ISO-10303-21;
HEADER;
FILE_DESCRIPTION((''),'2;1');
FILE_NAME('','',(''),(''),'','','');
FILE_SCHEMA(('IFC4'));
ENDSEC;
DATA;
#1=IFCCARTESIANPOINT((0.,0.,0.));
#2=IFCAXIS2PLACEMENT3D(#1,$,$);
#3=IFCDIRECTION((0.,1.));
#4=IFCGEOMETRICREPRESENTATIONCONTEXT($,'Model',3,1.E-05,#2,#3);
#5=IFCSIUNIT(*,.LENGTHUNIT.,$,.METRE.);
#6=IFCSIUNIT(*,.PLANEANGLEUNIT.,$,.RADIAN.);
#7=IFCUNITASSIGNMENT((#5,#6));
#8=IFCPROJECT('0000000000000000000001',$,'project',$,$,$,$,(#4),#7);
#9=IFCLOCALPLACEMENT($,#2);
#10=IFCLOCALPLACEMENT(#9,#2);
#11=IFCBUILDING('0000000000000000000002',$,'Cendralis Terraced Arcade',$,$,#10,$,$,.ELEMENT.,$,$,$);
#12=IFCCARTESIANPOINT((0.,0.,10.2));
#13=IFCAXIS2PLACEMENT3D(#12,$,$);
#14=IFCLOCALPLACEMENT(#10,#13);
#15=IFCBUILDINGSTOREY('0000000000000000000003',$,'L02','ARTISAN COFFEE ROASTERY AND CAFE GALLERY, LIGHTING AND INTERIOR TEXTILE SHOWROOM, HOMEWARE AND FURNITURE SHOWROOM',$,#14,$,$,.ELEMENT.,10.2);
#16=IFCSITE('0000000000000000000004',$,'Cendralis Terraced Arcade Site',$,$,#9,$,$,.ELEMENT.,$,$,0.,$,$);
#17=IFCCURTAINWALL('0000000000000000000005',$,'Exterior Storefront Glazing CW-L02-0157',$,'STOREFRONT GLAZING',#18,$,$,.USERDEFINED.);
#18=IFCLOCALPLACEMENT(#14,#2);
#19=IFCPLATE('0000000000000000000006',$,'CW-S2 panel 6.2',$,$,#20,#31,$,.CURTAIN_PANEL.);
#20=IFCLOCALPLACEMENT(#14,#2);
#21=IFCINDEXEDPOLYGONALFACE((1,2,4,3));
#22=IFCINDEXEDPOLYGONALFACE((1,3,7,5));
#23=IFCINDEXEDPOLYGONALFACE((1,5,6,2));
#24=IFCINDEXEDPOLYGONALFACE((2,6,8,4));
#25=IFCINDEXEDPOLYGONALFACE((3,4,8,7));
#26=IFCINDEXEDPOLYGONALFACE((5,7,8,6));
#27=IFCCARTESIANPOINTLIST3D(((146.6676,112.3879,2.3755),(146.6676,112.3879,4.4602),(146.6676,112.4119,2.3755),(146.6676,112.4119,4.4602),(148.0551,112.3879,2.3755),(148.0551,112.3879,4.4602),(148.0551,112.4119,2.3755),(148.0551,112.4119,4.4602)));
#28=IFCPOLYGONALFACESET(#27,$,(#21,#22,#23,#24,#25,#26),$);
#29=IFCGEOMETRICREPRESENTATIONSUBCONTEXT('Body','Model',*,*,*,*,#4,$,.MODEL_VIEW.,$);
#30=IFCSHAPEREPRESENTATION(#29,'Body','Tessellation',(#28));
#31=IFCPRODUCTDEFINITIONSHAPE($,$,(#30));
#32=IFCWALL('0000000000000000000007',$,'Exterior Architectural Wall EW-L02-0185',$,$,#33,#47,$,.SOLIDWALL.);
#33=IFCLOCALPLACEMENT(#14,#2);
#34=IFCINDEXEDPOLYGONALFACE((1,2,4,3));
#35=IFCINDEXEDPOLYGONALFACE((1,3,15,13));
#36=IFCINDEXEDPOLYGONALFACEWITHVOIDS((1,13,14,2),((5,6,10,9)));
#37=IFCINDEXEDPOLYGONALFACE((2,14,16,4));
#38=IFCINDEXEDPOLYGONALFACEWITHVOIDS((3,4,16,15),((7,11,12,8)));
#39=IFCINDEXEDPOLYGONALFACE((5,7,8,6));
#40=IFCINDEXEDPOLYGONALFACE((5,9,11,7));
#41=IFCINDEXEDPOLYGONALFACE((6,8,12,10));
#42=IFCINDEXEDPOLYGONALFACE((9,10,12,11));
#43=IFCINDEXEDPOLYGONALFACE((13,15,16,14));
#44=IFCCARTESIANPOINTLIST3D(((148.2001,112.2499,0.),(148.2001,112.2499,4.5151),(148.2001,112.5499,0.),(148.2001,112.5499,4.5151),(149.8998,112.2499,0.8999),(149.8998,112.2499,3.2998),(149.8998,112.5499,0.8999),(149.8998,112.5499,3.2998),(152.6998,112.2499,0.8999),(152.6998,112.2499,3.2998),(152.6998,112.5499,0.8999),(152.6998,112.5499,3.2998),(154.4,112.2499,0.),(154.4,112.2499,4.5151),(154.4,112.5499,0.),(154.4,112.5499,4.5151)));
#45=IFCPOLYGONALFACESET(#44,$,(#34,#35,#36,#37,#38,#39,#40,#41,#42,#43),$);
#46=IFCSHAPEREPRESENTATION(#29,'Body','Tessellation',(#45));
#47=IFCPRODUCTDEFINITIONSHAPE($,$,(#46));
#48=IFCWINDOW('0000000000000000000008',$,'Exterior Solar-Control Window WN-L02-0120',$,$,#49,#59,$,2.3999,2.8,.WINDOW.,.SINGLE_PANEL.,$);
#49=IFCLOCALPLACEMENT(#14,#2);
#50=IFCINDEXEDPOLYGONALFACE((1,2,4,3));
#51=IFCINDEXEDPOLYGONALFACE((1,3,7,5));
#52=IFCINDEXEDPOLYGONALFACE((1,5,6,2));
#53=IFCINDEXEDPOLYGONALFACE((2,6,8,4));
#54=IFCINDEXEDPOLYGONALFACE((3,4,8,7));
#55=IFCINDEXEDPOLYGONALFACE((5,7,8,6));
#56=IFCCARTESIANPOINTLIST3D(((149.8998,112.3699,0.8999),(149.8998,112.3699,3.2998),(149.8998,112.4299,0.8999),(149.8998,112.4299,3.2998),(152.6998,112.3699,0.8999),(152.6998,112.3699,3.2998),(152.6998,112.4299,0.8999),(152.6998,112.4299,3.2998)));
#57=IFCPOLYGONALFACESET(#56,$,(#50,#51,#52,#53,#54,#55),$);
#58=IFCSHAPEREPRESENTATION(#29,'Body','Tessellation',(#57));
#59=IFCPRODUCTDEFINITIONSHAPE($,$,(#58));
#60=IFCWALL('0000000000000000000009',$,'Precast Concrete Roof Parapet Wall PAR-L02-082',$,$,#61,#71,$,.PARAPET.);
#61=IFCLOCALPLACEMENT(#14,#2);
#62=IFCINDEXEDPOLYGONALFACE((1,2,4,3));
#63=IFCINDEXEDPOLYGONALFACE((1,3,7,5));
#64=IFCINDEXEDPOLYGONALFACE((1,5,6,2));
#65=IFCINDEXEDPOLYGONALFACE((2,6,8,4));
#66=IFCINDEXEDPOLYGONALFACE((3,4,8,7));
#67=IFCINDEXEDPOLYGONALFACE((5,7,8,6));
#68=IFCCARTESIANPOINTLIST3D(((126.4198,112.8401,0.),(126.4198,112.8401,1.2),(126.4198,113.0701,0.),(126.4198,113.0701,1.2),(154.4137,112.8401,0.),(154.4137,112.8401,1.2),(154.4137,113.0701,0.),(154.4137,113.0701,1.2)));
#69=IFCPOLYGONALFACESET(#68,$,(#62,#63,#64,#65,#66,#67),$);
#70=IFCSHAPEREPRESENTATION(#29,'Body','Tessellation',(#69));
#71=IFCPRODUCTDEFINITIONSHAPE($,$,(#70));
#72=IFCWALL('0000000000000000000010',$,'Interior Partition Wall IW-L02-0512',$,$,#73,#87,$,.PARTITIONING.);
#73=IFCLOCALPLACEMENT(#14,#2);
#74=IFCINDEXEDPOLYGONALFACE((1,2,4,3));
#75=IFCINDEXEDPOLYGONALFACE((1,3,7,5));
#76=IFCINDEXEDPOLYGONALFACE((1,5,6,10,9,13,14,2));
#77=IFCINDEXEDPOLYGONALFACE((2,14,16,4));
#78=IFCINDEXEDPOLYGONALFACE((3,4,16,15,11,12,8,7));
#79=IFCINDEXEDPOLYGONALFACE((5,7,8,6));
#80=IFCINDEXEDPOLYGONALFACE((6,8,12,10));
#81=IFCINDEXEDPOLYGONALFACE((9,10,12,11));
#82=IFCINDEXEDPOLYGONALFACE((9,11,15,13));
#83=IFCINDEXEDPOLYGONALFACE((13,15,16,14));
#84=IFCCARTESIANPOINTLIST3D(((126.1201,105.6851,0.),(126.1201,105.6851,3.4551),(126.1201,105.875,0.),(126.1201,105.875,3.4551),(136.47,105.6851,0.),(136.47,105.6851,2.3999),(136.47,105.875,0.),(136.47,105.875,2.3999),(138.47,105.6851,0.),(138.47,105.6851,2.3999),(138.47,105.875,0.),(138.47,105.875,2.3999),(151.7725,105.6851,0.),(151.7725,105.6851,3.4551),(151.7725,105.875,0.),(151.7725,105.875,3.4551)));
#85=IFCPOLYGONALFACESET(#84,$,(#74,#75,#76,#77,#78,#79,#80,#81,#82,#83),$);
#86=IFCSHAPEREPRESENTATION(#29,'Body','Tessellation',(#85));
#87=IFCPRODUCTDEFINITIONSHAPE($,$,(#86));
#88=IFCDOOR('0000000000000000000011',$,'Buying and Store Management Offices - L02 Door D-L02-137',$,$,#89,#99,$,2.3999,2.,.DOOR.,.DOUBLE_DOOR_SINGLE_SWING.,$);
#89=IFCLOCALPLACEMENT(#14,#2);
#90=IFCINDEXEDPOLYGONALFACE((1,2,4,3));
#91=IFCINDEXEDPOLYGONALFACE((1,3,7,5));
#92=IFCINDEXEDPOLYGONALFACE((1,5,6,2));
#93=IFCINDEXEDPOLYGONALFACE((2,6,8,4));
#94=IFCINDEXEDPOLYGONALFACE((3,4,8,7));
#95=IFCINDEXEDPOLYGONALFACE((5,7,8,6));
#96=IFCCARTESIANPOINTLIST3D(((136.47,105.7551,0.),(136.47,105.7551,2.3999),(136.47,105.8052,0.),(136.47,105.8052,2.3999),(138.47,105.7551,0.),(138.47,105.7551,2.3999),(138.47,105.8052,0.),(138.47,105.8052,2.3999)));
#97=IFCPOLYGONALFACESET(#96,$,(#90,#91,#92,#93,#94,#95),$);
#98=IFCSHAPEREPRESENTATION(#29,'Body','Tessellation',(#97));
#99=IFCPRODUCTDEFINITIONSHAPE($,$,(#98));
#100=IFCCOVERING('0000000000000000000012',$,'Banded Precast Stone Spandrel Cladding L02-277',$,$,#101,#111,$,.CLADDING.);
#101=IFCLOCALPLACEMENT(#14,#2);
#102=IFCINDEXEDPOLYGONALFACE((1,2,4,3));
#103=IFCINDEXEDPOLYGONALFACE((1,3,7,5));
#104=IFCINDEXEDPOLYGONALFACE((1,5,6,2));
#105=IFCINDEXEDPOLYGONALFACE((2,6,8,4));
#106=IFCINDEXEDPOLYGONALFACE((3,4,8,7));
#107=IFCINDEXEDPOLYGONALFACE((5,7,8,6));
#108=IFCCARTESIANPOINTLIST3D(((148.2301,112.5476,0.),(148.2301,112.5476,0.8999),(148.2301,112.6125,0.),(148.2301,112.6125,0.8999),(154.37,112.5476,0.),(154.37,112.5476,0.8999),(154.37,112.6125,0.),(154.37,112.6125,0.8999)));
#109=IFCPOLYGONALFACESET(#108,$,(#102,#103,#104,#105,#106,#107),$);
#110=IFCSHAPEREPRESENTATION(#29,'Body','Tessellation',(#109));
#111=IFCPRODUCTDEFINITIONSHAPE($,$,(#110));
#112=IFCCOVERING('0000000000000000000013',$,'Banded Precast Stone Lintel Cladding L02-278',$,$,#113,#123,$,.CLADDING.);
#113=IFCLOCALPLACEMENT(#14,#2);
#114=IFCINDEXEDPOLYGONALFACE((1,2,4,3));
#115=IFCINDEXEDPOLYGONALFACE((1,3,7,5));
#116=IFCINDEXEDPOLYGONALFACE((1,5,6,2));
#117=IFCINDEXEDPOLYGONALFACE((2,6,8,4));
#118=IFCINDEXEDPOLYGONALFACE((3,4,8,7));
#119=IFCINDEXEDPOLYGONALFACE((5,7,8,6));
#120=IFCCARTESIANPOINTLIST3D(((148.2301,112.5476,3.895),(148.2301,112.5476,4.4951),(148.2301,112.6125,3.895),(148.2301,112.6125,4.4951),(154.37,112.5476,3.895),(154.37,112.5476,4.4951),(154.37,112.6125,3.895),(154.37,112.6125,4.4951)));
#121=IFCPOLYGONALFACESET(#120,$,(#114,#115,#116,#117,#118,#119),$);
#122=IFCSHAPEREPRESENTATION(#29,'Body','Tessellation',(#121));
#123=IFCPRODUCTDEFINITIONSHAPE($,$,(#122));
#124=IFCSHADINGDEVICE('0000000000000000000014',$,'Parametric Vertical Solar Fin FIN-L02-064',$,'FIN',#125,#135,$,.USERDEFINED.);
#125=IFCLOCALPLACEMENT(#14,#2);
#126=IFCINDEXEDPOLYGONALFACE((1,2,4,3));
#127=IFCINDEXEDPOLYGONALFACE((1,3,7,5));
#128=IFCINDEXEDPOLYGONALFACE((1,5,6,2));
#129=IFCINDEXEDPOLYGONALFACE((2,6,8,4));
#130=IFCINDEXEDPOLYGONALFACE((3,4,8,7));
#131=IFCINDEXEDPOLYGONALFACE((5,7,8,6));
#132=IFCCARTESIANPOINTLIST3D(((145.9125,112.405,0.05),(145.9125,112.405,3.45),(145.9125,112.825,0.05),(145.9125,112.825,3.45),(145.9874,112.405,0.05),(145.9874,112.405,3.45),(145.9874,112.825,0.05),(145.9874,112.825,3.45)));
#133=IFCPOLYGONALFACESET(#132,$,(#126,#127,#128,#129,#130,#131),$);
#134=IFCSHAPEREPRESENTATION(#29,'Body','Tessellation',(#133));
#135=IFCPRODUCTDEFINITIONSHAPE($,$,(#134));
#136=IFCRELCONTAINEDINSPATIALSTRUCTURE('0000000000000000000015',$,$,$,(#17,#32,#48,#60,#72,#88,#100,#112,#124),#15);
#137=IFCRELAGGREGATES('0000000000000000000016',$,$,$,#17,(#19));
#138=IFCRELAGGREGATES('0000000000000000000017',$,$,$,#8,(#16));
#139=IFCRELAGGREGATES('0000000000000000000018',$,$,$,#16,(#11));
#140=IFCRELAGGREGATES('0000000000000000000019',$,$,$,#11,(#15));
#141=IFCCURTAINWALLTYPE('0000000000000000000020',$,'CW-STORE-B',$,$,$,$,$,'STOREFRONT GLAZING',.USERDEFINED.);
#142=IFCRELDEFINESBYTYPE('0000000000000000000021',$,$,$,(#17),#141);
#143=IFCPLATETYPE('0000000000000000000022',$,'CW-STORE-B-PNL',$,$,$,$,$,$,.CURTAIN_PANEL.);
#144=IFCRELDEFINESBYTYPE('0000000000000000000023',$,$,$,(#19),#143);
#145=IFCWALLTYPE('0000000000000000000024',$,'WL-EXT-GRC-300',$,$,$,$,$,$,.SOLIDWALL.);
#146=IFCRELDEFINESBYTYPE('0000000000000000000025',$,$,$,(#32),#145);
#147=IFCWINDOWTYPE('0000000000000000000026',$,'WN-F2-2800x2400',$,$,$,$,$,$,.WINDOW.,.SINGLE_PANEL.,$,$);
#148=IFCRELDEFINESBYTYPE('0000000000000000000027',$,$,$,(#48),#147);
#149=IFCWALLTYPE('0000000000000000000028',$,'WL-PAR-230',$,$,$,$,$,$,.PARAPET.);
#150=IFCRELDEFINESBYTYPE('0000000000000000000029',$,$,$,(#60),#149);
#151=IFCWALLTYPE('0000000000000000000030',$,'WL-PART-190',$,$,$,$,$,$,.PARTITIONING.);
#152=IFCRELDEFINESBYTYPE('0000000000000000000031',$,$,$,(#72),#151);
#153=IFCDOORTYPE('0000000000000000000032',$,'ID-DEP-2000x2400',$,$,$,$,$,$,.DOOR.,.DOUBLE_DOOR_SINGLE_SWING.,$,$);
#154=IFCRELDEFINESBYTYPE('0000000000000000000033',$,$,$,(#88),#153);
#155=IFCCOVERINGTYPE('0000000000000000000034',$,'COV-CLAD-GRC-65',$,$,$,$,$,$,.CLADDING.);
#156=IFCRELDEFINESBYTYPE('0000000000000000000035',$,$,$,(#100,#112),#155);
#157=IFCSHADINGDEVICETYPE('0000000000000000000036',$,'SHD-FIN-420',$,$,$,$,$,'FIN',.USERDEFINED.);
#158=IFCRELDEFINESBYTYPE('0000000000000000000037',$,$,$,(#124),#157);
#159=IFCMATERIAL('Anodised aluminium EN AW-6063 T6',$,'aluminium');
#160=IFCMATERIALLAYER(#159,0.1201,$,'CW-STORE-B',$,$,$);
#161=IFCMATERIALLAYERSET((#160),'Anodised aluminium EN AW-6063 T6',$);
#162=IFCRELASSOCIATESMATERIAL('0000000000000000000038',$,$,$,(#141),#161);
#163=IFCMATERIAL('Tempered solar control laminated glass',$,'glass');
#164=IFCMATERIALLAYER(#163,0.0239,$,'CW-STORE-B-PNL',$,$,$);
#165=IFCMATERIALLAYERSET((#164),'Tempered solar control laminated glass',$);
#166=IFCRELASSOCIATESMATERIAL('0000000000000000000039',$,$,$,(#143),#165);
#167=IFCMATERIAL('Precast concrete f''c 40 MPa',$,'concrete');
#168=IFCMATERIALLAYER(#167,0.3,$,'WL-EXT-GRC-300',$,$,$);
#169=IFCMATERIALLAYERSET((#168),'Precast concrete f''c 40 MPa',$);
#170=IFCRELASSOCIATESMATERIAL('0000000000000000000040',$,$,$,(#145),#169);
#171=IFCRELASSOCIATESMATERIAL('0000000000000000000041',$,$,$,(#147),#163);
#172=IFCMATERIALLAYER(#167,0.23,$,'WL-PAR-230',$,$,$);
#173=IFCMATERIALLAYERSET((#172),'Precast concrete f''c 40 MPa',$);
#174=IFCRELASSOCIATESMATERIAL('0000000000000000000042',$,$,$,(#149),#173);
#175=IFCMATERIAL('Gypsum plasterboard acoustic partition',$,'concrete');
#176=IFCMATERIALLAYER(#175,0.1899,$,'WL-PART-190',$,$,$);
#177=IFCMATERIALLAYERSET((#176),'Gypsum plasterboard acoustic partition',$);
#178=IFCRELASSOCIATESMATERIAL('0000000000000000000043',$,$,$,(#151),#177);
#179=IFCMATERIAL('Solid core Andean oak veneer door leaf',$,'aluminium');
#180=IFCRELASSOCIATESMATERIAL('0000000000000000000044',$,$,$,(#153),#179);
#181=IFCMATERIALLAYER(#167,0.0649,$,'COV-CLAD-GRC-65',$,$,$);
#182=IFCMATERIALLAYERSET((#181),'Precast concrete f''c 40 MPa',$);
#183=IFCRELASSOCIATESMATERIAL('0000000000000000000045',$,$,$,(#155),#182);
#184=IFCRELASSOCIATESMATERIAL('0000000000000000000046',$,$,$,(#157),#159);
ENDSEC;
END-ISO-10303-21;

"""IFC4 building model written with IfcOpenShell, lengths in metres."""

from ifc_helpers import new_model, si_unit, direction, frame, frame_2d, origin, origin_2d, place, context, subcontext, project, spatial, rectangle, extrude, material, layer, layer_set, type_object, element, fill, aggregate, save


model = new_model("IFC4")

# Units and contexts
model_context = context("Model", 3, precision=1e-05, world=origin(), true_north=direction((0.0, 1.0)))
body_context = subcontext(model_context, "Body", "Model", "MODEL_VIEW")
ifc_project = project(units=[si_unit("LENGTHUNIT", "METRE"), si_unit("PLANEANGLEUNIT", "RADIAN")], contexts=[model_context])

# Site, building, storey
site_placement = place(None, origin())
site = spatial("IfcSite", under=ifc_project, at=site_placement, Name="Cendralis Terraced Arcade Site", CompositionType="ELEMENT", RefElevation=0.0)
building_placement = place(site_placement, origin())
building = spatial("IfcBuilding", under=site, at=building_placement, Name="Cendralis Terraced Arcade", CompositionType="ELEMENT")
storey_placement = place(building_placement, frame((0.0, 0.0, 10.2)))
storey = spatial("IfcBuildingStorey", under=building, at=storey_placement, Name="L02", Description="ARTISAN COFFEE ROASTERY AND CAFE GALLERY, LIGHTING AND INTERIOR TEXTILE SHOWROOM, HOMEWARE AND FURNITURE SHOWROOM", CompositionType="ELEMENT", Elevation=10.2)

# Curtain wall, plate
ifc_material_1 = material(Name="Anodised aluminium EN AW-6063 T6", Category="aluminium")
ifc_layer_1 = layer(ifc_material_1, 0.1201, Name="CW-STORE-B")
ifc_layer_set_1 = layer_set([ifc_layer_1], Name="Anodised aluminium EN AW-6063 T6")
curtain_wall_type = type_object("IfcCurtainWallType", Name="CW-STORE-B", ElementType="STOREFRONT GLAZING", PredefinedType="USERDEFINED", material=ifc_layer_set_1)
curtain_wall_placement = place(storey_placement, origin())
curtain_wall = element("IfcCurtainWall", 1, at=curtain_wall_placement, inside=storey, type_object=curtain_wall_type, Name="Exterior Storefront Glazing CW-L02-0157", ObjectType="STOREFRONT GLAZING", PredefinedType="USERDEFINED")
ifc_material_2 = material(Name="Tempered solar control laminated glass", Category="glass")
ifc_layer_2 = layer(ifc_material_2, 0.0239, Name="CW-STORE-B-PNL")
ifc_layer_set_2 = layer_set([ifc_layer_2], Name="Tempered solar control laminated glass")
plate_type = type_object("IfcPlateType", Name="CW-STORE-B-PNL", PredefinedType="CURTAIN_PANEL", material=ifc_layer_set_2)
plate_1_placement = place(storey_placement, frame((147.3613, 112.3999, 2.3755), z_axis=(0.0, 0.0, 1.0), x_axis=(1.0, 0.0, 0.0)))
plate_1 = element("IfcPlate", 2, at=plate_1_placement, type_object=plate_type, Name="CW-S2 panel 6.2", PredefinedType="CURTAIN_PANEL", context=body_context, shape_type="SweptSolid", body=[
    extrude(rectangle(XDim=1.3875, YDim=0.0239, at=origin_2d()), origin(), (0.0, 0.0, 1.0), 2.0847),
])
aggregate(curtain_wall, [plate_1])

# Wall, opening, window
ifc_material_3 = material(Name="Precast concrete f'c 40 MPa", Category="concrete")
ifc_layer_3 = layer(ifc_material_3, 0.3, Name="WL-EXT-GRC-300")
ifc_layer_set_3 = layer_set([ifc_layer_3], Name="Precast concrete f'c 40 MPa")
wall_type_1 = type_object("IfcWallType", Name="WL-EXT-GRC-300", PredefinedType="SOLIDWALL", material=ifc_layer_set_3)
wall_1_placement = place(storey_placement, frame((148.2, 112.3999, 0.0), z_axis=(0.0, 0.0, 1.0), x_axis=(1.0, 0.0, 0.0)))
wall_1 = element("IfcWall", 3, at=wall_1_placement, inside=storey, type_object=wall_type_1, Name="Exterior Architectural Wall EW-L02-0185", PredefinedType="SOLIDWALL", context=body_context, shape_type="SweptSolid", body=[
    extrude(rectangle(XDim=6.2, YDim=0.3, at=frame_2d((3.1001, 0.0))), origin(), (0.0, 0.0, 1.0), 4.5151),
])
opening_1_placement = place(wall_1_placement, frame((1.7, 0.0, 0.8999)))
opening_1 = element("IfcOpeningElement", 4, at=opening_1_placement, cuts=wall_1, PredefinedType="OPENING", context=body_context, shape_type="SweptSolid", body=[
    extrude(rectangle(XDim=2.8, YDim=2.3999, at=frame_2d((1.3999, 1.2))), frame((0.0, 0.1621, 0.0), z_axis=(0.0, -1.0, 0.0), x_axis=(1.0, 0.0, 0.0)), (0.0, 0.0, 1.0), 0.324),
])
window_type = type_object("IfcWindowType", Name="WN-F2-2800x2400", PartitioningType="SINGLE_PANEL", PredefinedType="WINDOW", material=ifc_material_2)
window_placement = place(opening_1_placement, origin())
window = element("IfcWindow", 5, at=window_placement, inside=storey, type_object=window_type, Name="Exterior Solar-Control Window WN-L02-0120", OverallHeight=2.3999, OverallWidth=2.8, PartitioningType="SINGLE_PANEL", PredefinedType="WINDOW", context=body_context, shape_type="SweptSolid", body=[
    extrude(rectangle(XDim=2.8, YDim=2.3999, at=frame_2d((1.3999, 1.2))), frame((0.0, 0.03, 0.0), z_axis=(0.0, -1.0, 0.0), x_axis=(1.0, 0.0, 0.0)), (0.0, 0.0, 1.0), 0.0601),
])
fill(opening_1, window)

# Wall
ifc_layer_4 = layer(ifc_material_3, 0.23, Name="WL-PAR-230")
ifc_layer_set_4 = layer_set([ifc_layer_4], Name="Precast concrete f'c 40 MPa")
wall_type_2 = type_object("IfcWallType", Name="WL-PAR-230", PredefinedType="PARAPET", material=ifc_layer_set_4)
wall_2_placement = place(storey_placement, frame((154.4138, 112.9551, 0.0), z_axis=(0.0, 0.0, 1.0), x_axis=(-1.0, 0.0, 0.0)))
element("IfcWall", 6, at=wall_2_placement, inside=storey, type_object=wall_type_2, Name="Precast Concrete Roof Parapet Wall PAR-L02-082", PredefinedType="PARAPET", context=body_context, shape_type="SweptSolid", body=[
    extrude(rectangle(XDim=27.9939, YDim=0.23, at=frame_2d((13.9971, 0.0))), origin(), (0.0, 0.0, 1.0), 1.2),
])

# Wall, opening, door
ifc_material_4 = material(Name="Gypsum plasterboard acoustic partition", Category="concrete")
ifc_layer_5 = layer(ifc_material_4, 0.1899, Name="WL-PART-190")
ifc_layer_set_5 = layer_set([ifc_layer_5], Name="Gypsum plasterboard acoustic partition")
wall_type_3 = type_object("IfcWallType", Name="WL-PART-190", PredefinedType="PARTITIONING", material=ifc_layer_set_5)
wall_3_placement = place(storey_placement, frame((151.7725, 105.78, 0.0), z_axis=(0.0, 0.0, 1.0), x_axis=(-1.0, 0.0, 0.0)))
wall_3 = element("IfcWall", 7, at=wall_3_placement, inside=storey, type_object=wall_type_3, Name="Interior Partition Wall IW-L02-0512", PredefinedType="PARTITIONING", context=body_context, shape_type="SweptSolid", body=[
    extrude(rectangle(XDim=25.6523, YDim=0.1899, at=frame_2d((12.8262, 0.0))), origin(), (0.0, 0.0, 1.0), 3.4551),
])
opening_2_placement = place(wall_3_placement, frame((13.3025, 0.0, 0.0)))
opening_2 = element("IfcOpeningElement", 8, at=opening_2_placement, cuts=wall_3, PredefinedType="OPENING", context=body_context, shape_type="SweptSolid", body=[
    extrude(rectangle(XDim=2.0, YDim=2.3999, at=frame_2d((1.0, 1.2))), frame((0.0, 0.1069, 0.0), z_axis=(0.0, -1.0, 0.0), x_axis=(1.0, 0.0, 0.0)), (0.0, 0.0, 1.0), 0.2139),
])
ifc_material_5 = material(Name="Solid core Andean oak veneer door leaf", Category="aluminium")
door_type = type_object("IfcDoorType", Name="ID-DEP-2000x2400", OperationType="DOUBLE_DOOR_SINGLE_SWING", PredefinedType="DOOR", material=ifc_material_5)
door_placement = place(opening_2_placement, origin())
door = element("IfcDoor", 9, at=door_placement, inside=storey, type_object=door_type, Name="Buying and Store Management Offices - L02 Door D-L02-137", OperationType="DOUBLE_DOOR_SINGLE_SWING", OverallHeight=2.3999, OverallWidth=2.0, PredefinedType="DOOR", context=body_context, shape_type="SweptSolid", body=[
    extrude(rectangle(XDim=2.0, YDim=2.3999, at=frame_2d((1.0, 1.2))), frame((0.0, 0.0249, 0.0), z_axis=(0.0, -1.0, 0.0), x_axis=(1.0, 0.0, 0.0)), (0.0, 0.0, 1.0), 0.05),
])
fill(opening_2, door)

# Coverings
ifc_layer_6 = layer(ifc_material_3, 0.0649, Name="COV-CLAD-GRC-65")
ifc_layer_set_6 = layer_set([ifc_layer_6], Name="Precast concrete f'c 40 MPa")
covering_type = type_object("IfcCoveringType", Name="COV-CLAD-GRC-65", PredefinedType="CLADDING", material=ifc_layer_set_6)
covering_1_placement = place(storey_placement, frame((151.3, 112.5801, 0.0), z_axis=(0.0, 0.0, 1.0), x_axis=(1.0, 0.0, 0.0)))
element("IfcCovering", 10, at=covering_1_placement, inside=storey, type_object=covering_type, Name="Banded Precast Stone Spandrel Cladding L02-277", PredefinedType="CLADDING", context=body_context, shape_type="SweptSolid", body=[
    extrude(rectangle(XDim=6.1399, YDim=0.0649, at=origin_2d()), origin(), (0.0, 0.0, 1.0), 0.8999),
])
covering_2_placement = place(storey_placement, frame((151.3, 112.5801, 3.895), z_axis=(0.0, 0.0, 1.0), x_axis=(1.0, 0.0, 0.0)))
element("IfcCovering", 11, at=covering_2_placement, inside=storey, type_object=covering_type, Name="Banded Precast Stone Lintel Cladding L02-278", PredefinedType="CLADDING", context=body_context, shape_type="SweptSolid", body=[
    extrude(rectangle(XDim=6.1399, YDim=0.0649, at=origin_2d()), origin(), (0.0, 0.0, 1.0), 0.6001),
])

# Shading device
shading_device_type = type_object("IfcShadingDeviceType", Name="SHD-FIN-420", ElementType="FIN", PredefinedType="USERDEFINED", material=ifc_material_1)
shading_device_placement = place(storey_placement, frame((145.95, 112.615, 0.05), z_axis=(0.0, 0.0, 1.0), x_axis=(1.0, 0.0, 0.0)))
element("IfcShadingDevice", 12, at=shading_device_placement, inside=storey, type_object=shading_device_type, Name="Parametric Vertical Solar Fin FIN-L02-064", ObjectType="FIN", PredefinedType="USERDEFINED", context=body_context, shape_type="SweptSolid", body=[
    extrude(rectangle(XDim=0.075, YDim=0.4199, at=origin_2d()), origin(), (0.0, 0.0, 1.0), 3.3999),
])

save(model, "model.ifc")
